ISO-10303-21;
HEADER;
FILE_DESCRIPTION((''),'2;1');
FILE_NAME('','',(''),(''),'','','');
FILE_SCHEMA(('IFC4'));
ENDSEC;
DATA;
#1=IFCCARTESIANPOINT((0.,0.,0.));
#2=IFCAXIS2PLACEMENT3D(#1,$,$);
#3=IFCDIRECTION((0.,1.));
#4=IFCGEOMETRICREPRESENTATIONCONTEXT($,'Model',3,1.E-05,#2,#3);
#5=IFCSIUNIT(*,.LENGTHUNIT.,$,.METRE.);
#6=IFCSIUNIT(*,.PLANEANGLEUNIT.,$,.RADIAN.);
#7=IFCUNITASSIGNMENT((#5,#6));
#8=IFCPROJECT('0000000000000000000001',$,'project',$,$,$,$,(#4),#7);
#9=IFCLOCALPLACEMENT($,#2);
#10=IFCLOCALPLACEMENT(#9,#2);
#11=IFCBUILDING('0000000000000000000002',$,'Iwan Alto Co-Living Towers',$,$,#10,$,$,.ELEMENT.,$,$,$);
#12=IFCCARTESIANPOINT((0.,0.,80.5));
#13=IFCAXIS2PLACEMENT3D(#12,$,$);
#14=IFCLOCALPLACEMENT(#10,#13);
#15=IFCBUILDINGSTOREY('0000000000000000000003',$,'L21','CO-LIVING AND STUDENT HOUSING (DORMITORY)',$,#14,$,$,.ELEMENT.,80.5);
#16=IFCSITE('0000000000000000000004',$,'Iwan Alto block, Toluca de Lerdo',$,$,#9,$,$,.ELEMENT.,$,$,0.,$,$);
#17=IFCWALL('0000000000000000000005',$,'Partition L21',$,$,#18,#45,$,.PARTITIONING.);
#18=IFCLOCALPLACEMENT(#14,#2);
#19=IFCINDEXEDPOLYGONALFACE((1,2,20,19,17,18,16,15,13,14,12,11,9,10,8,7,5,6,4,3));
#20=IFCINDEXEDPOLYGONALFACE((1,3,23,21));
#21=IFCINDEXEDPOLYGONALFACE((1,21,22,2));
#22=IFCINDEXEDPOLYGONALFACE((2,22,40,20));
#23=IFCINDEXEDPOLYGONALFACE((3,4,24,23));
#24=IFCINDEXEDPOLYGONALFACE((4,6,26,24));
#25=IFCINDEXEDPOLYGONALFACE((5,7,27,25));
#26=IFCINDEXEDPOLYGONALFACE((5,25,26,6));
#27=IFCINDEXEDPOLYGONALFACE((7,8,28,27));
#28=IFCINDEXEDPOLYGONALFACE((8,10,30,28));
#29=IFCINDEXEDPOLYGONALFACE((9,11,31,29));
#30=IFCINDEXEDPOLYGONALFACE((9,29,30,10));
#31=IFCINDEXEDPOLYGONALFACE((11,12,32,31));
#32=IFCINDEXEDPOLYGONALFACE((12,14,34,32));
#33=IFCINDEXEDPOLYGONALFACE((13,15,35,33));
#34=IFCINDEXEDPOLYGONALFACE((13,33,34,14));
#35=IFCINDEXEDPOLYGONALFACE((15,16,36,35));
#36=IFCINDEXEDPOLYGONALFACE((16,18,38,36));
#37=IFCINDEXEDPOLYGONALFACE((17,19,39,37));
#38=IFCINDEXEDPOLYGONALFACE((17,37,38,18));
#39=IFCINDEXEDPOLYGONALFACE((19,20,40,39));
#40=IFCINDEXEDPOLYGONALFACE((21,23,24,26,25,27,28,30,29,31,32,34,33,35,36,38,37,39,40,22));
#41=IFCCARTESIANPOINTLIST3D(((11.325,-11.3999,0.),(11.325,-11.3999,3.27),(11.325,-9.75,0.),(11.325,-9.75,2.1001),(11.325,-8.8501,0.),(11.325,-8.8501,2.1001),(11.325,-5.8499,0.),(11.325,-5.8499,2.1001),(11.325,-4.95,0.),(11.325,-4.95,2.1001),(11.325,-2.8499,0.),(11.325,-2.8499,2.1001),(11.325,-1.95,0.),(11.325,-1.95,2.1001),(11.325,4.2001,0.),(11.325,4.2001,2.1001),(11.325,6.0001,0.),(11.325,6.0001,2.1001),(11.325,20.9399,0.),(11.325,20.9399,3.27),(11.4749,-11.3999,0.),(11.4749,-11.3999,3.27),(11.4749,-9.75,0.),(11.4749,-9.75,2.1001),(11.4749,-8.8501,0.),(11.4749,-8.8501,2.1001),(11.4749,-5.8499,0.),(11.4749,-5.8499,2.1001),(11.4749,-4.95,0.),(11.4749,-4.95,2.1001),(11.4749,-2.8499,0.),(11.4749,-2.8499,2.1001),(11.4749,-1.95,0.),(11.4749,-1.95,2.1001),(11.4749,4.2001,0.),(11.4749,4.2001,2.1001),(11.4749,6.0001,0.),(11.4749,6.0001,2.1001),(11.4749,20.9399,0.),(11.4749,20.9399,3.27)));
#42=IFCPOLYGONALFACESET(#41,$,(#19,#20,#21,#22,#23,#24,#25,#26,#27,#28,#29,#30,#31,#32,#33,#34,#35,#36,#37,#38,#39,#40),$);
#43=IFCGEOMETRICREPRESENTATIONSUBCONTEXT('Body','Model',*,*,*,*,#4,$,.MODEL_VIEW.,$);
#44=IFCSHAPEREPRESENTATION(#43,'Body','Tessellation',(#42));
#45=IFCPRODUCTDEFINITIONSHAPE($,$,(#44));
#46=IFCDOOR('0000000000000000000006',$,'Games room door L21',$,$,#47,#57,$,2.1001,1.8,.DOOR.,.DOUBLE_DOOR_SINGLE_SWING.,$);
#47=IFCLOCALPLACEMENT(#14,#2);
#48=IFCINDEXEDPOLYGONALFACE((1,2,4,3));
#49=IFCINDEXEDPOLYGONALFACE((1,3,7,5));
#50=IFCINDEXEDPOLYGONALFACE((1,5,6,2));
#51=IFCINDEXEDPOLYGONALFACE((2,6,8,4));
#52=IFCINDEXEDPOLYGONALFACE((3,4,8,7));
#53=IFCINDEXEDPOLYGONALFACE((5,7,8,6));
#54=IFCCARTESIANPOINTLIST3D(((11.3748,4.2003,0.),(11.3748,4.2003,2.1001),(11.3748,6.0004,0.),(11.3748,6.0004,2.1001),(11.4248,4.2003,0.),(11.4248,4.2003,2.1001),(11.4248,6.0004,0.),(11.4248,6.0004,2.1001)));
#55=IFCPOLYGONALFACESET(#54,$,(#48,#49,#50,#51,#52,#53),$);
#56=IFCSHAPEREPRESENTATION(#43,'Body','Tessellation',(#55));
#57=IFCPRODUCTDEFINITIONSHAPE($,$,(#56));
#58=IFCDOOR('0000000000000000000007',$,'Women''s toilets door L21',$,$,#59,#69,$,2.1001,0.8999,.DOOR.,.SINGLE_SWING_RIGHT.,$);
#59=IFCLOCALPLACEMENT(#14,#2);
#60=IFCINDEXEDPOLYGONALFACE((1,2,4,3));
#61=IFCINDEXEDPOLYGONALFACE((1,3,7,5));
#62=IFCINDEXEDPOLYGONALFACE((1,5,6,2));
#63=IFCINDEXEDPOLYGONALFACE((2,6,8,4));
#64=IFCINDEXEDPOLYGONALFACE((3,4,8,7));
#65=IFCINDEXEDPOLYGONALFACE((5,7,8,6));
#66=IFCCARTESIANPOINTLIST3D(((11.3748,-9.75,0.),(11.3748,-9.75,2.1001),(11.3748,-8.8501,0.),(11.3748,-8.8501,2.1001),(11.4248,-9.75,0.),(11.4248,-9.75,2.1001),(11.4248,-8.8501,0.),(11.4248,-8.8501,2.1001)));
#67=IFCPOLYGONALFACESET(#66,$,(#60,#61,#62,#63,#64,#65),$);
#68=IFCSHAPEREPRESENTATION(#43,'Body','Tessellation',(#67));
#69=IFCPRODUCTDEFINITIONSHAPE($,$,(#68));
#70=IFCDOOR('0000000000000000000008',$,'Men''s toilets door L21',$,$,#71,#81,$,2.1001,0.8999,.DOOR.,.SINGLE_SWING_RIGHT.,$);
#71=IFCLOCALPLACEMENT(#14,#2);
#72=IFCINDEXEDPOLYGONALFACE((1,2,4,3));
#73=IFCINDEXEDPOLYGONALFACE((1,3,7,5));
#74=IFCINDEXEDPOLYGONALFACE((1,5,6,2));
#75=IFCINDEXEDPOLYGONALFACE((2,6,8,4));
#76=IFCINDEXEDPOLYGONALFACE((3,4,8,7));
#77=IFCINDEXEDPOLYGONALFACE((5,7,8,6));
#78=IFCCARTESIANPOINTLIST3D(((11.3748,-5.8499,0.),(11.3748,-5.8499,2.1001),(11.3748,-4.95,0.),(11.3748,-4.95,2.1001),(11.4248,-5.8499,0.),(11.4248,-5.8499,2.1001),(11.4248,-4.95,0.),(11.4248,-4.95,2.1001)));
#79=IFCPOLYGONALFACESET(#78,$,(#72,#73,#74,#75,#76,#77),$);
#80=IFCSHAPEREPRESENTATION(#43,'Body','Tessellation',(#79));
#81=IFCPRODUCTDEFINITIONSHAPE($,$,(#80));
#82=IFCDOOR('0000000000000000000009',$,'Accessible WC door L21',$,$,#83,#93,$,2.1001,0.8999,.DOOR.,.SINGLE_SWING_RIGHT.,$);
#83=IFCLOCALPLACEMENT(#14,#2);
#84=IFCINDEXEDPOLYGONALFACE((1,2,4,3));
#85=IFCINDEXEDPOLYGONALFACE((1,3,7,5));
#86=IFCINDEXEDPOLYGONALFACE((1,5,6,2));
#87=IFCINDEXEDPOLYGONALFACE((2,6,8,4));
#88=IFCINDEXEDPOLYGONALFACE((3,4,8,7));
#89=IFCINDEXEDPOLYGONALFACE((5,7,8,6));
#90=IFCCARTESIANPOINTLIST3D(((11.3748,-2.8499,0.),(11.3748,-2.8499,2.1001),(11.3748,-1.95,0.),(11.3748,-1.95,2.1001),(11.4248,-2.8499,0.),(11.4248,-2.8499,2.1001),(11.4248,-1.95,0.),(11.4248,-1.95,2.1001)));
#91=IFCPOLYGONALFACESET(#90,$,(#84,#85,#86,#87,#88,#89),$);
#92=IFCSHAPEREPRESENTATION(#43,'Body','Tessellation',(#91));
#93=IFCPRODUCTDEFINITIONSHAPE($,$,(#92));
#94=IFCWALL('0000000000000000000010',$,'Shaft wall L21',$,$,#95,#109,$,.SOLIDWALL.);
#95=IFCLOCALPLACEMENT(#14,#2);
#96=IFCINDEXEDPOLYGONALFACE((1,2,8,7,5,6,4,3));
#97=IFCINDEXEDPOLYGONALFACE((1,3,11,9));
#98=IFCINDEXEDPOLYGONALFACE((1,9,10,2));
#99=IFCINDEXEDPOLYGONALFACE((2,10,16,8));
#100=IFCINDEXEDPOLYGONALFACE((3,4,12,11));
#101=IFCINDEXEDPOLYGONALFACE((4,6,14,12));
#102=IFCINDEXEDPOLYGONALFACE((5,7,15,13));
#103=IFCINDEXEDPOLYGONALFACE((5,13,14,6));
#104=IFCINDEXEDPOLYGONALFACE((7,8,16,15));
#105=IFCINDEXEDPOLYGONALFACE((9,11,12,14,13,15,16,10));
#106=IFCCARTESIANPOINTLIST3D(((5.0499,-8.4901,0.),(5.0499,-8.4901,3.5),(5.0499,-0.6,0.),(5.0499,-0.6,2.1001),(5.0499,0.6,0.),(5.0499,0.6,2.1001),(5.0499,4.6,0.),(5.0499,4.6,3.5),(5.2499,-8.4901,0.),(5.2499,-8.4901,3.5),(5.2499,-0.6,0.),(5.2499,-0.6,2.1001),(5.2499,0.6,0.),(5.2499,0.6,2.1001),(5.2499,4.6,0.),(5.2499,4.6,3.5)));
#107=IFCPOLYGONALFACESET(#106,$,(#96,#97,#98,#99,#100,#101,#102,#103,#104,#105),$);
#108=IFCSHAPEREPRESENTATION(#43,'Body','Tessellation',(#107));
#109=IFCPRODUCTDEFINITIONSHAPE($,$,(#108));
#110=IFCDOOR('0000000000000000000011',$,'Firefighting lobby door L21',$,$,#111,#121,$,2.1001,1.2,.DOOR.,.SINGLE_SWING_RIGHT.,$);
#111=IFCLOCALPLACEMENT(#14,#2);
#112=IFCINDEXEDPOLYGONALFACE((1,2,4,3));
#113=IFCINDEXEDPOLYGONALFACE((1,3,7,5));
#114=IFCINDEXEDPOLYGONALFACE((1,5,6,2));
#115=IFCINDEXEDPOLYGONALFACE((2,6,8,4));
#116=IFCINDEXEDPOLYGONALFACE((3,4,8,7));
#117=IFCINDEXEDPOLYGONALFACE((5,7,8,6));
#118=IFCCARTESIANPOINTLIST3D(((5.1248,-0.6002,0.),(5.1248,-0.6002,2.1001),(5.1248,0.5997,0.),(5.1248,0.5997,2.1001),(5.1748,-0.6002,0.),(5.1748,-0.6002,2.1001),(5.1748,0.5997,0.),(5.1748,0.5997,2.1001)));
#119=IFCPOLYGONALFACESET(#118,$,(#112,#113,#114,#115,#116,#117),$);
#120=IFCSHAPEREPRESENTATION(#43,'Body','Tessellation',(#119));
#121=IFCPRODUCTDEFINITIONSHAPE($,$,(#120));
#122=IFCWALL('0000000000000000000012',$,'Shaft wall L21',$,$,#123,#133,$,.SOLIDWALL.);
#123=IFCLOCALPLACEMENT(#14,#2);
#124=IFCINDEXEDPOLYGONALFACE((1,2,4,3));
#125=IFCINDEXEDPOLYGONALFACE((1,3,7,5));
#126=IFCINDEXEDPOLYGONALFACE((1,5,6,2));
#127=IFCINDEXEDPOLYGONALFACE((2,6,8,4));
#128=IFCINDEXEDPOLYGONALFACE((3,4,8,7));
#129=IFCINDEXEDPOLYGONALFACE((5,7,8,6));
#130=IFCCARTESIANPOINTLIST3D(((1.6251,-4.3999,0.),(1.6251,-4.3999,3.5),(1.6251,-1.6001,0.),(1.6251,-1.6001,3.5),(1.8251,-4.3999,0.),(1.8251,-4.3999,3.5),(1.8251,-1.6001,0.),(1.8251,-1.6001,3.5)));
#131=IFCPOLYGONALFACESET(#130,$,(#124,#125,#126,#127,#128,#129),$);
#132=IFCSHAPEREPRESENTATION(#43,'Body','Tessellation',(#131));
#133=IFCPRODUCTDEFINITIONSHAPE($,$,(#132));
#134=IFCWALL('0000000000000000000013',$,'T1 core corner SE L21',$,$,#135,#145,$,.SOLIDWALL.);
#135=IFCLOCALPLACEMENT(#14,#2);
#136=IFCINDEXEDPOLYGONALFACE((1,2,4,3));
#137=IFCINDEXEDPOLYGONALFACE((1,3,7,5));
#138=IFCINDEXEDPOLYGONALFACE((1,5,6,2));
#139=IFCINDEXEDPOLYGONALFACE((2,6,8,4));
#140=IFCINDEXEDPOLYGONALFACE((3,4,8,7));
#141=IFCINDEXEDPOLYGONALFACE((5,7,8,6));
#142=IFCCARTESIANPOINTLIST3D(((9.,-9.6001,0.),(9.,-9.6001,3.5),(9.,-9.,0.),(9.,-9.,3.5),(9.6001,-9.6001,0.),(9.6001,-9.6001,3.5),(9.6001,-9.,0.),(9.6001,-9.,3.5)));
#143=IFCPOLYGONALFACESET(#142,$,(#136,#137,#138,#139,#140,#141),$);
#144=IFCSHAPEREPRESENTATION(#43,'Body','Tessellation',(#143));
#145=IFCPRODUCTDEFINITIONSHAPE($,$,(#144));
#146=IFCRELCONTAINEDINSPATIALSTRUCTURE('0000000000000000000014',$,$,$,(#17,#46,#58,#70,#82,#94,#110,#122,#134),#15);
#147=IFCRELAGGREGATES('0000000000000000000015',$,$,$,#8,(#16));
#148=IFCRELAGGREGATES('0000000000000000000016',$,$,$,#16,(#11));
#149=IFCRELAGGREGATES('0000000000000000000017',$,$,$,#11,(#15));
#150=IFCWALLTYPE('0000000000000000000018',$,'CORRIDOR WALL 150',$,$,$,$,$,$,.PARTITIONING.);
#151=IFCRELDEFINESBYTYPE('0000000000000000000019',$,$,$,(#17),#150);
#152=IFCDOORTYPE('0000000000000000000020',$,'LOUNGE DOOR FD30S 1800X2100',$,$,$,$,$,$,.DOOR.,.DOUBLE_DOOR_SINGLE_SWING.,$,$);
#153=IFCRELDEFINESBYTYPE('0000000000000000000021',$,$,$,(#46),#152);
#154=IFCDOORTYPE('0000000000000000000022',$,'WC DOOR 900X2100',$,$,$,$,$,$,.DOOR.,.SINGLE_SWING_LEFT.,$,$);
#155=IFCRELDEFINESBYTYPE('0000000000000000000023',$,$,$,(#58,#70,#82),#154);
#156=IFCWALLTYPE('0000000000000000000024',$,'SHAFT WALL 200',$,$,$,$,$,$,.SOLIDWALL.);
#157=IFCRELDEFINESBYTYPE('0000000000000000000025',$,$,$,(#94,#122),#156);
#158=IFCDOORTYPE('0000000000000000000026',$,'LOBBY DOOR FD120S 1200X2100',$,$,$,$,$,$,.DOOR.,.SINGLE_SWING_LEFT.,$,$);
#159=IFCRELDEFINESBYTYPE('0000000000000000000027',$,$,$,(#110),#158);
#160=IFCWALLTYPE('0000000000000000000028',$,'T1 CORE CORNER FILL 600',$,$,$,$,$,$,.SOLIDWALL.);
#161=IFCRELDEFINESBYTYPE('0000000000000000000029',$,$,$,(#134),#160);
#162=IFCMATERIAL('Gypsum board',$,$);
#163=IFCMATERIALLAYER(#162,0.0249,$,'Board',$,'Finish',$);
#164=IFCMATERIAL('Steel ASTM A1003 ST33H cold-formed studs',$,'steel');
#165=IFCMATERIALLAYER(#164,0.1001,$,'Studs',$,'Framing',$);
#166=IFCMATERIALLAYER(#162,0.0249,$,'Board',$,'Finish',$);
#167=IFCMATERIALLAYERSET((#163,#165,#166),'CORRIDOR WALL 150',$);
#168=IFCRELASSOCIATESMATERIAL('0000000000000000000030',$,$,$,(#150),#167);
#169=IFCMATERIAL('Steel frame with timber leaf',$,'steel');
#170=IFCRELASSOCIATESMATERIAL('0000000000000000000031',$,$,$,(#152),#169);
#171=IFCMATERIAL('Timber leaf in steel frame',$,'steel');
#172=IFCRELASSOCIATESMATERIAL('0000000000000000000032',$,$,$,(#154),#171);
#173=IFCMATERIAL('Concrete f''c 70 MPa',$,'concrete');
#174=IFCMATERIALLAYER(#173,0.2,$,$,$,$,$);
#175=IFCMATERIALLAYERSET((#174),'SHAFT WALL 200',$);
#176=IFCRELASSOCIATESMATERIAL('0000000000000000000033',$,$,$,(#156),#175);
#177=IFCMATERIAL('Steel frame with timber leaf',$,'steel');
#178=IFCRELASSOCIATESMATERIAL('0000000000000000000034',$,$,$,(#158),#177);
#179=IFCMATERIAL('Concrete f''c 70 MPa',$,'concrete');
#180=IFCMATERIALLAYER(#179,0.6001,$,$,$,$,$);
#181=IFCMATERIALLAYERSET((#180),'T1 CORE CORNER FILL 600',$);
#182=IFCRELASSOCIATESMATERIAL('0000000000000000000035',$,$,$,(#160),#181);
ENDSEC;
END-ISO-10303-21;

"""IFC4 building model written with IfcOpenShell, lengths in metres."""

from ifc_helpers import new_model, si_unit, direction, frame, frame_2d, origin, place, context, subcontext, project, spatial, rectangle, extrude, material, layer, layer_set, type_object, element, fill, save


model = new_model("IFC4")

# Units and contexts
model_context = context("Model", 3, precision=1e-05, world=origin(), true_north=direction((0.0, 1.0)))
body_context = subcontext(model_context, "Body", "Model", "MODEL_VIEW")
ifc_project = project(units=[si_unit("LENGTHUNIT", "METRE"), si_unit("PLANEANGLEUNIT", "RADIAN")], contexts=[model_context])

# Site, building, storey
site_placement = place(None, origin())
site = spatial("IfcSite", under=ifc_project, at=site_placement, Name="Iwan Alto block, Toluca de Lerdo", CompositionType="ELEMENT", RefElevation=0.0)
building_placement = place(site_placement, origin())
building = spatial("IfcBuilding", under=site, at=building_placement, Name="Iwan Alto Co-Living Towers", CompositionType="ELEMENT")
storey_placement = place(building_placement, frame((0.0, 0.0, 80.5)))
storey = spatial("IfcBuildingStorey", under=building, at=storey_placement, Name="L21", Description="CO-LIVING AND STUDENT HOUSING (DORMITORY)", CompositionType="ELEMENT", Elevation=80.5)

# Wall, openings, doors
ifc_material_1 = material(Name="Gypsum board")
ifc_layer_1 = layer(ifc_material_1, 0.0249, Name="Board", Category="Finish")
ifc_material_2 = material(Name="Steel ASTM A1003 ST33H cold-formed studs", Category="steel")
ifc_layer_2 = layer(ifc_material_2, 0.1001, Name="Studs", Category="Framing")
ifc_layer_3 = layer(ifc_material_1, 0.0249, Name="Board", Category="Finish")
ifc_layer_set_1 = layer_set([ifc_layer_1, ifc_layer_2, ifc_layer_3], Name="CORRIDOR WALL 150")
wall_type_1 = type_object("IfcWallType", Name="CORRIDOR WALL 150", PredefinedType="PARTITIONING", material=ifc_layer_set_1)
wall_1_placement = place(storey_placement, frame((11.3999, -11.3999, 0.0), z_axis=(0.0, 0.0, 1.0), x_axis=(0.0, 1.0, 0.0)))
wall_1 = element("IfcWall", 1, at=wall_1_placement, inside=storey, type_object=wall_type_1, Name="Partition L21", PredefinedType="PARTITIONING", context=body_context, shape_type="SweptSolid", body=[
    extrude(rectangle(XDim=32.3398, YDim=0.1499, at=frame_2d((16.1699, 0.0))), origin(), (0.0, 0.0, 1.0), 3.27),
])
opening_1_placement = place(wall_1_placement, frame((1.6499, 0.0, 0.0)))
opening_1 = element("IfcOpeningElement", 2, at=opening_1_placement, cuts=wall_1, PredefinedType="OPENING", context=body_context, shape_type="SweptSolid", body=[
    extrude(rectangle(XDim=0.8999, YDim=2.1001, at=frame_2d((0.45, 1.05))), frame((0.0, 0.085, 0.0), z_axis=(0.0, -1.0, 0.0), x_axis=(1.0, 0.0, 0.0)), (0.0, 0.0, 1.0), 0.1699),
])
opening_2_placement = place(wall_1_placement, frame((5.55, 0.0, 0.0)))
opening_2 = element("IfcOpeningElement", 3, at=opening_2_placement, cuts=wall_1, PredefinedType="OPENING", context=body_context, shape_type="SweptSolid", body=[
    extrude(rectangle(XDim=0.8999, YDim=2.1001, at=frame_2d((0.45, 1.05))), frame((0.0, 0.085, 0.0), z_axis=(0.0, -1.0, 0.0), x_axis=(1.0, 0.0, 0.0)), (0.0, 0.0, 1.0), 0.1699),
])
opening_3_placement = place(wall_1_placement, frame((8.55, 0.0, 0.0)))
opening_3 = element("IfcOpeningElement", 4, at=opening_3_placement, cuts=wall_1, PredefinedType="OPENING", context=body_context, shape_type="SweptSolid", body=[
    extrude(rectangle(XDim=0.8999, YDim=2.1001, at=frame_2d((0.45, 1.05))), frame((0.0, 0.085, 0.0), z_axis=(0.0, -1.0, 0.0), x_axis=(1.0, 0.0, 0.0)), (0.0, 0.0, 1.0), 0.1699),
])
opening_4_placement = place(wall_1_placement, frame((15.6001, 0.0, 0.0)))
opening_4 = element("IfcOpeningElement", 5, at=opening_4_placement, cuts=wall_1, PredefinedType="OPENING", context=body_context, shape_type="SweptSolid", body=[
    extrude(rectangle(XDim=1.8, YDim=2.1001, at=frame_2d((0.8999, 1.05))), frame((0.0, 0.085, 0.0), z_axis=(0.0, -1.0, 0.0), x_axis=(1.0, 0.0, 0.0)), (0.0, 0.0, 1.0), 0.1699),
])
ifc_material_3 = material(Name="Steel frame with timber leaf", Category="steel")
door_type_1 = type_object("IfcDoorType", Name="LOUNGE DOOR FD30S 1800X2100", OperationType="DOUBLE_DOOR_SINGLE_SWING", PredefinedType="DOOR", material=ifc_material_3)
door_1_placement = place(opening_4_placement, frame((1.8, 0.0, 0.0), z_axis=(0.0, 0.0, 1.0), x_axis=(-1.0, 0.0, 0.0)))
door_1 = element("IfcDoor", 6, at=door_1_placement, inside=storey, type_object=door_type_1, Name="Games room door L21", OperationType="DOUBLE_DOOR_SINGLE_SWING", OverallHeight=2.1001, OverallWidth=1.8, PredefinedType="DOOR", context=body_context, shape_type="SweptSolid", body=[
    extrude(rectangle(XDim=1.8, YDim=2.1001, at=frame_2d((0.8999, 1.05))), frame((0.0, 0.0249, 0.0), z_axis=(0.0, -1.0, 0.0), x_axis=(1.0, 0.0, 0.0)), (0.0, 0.0, 1.0), 0.05),
])
fill(opening_4, door_1)
ifc_material_4 = material(Name="Timber leaf in steel frame", Category="steel")
door_type_2 = type_object("IfcDoorType", Name="WC DOOR 900X2100", OperationType="SINGLE_SWING_LEFT", PredefinedType="DOOR", material=ifc_material_4)
door_2_placement = place(opening_1_placement, frame((0.8999, 0.0, 0.0), z_axis=(0.0, 0.0, 1.0), x_axis=(-1.0, 0.0, 0.0)))
door_2 = element("IfcDoor", 7, at=door_2_placement, inside=storey, type_object=door_type_2, Name="Women's toilets door L21", OperationType="SINGLE_SWING_RIGHT", OverallHeight=2.1001, OverallWidth=0.8999, PredefinedType="DOOR", context=body_context, shape_type="SweptSolid", body=[
    extrude(rectangle(XDim=0.8999, YDim=2.1001, at=frame_2d((0.45, 1.05))), frame((0.0, 0.0249, 0.0), z_axis=(0.0, -1.0, 0.0), x_axis=(1.0, 0.0, 0.0)), (0.0, 0.0, 1.0), 0.05),
])
fill(opening_1, door_2)
door_3_placement = place(opening_2_placement, frame((0.8999, 0.0, 0.0), z_axis=(0.0, 0.0, 1.0), x_axis=(-1.0, 0.0, 0.0)))
door_3 = element("IfcDoor", 8, at=door_3_placement, inside=storey, type_object=door_type_2, Name="Men's toilets door L21", OperationType="SINGLE_SWING_RIGHT", OverallHeight=2.1001, OverallWidth=0.8999, PredefinedType="DOOR", context=body_context, shape_type="SweptSolid", body=[
    extrude(rectangle(XDim=0.8999, YDim=2.1001, at=frame_2d((0.45, 1.05))), frame((0.0, 0.0249, 0.0), z_axis=(0.0, -1.0, 0.0), x_axis=(1.0, 0.0, 0.0)), (0.0, 0.0, 1.0), 0.05),
])
fill(opening_2, door_3)
door_4_placement = place(opening_3_placement, frame((0.8999, 0.0, 0.0), z_axis=(0.0, 0.0, 1.0), x_axis=(-1.0, 0.0, 0.0)))
door_4 = element("IfcDoor", 9, at=door_4_placement, inside=storey, type_object=door_type_2, Name="Accessible WC door L21", OperationType="SINGLE_SWING_RIGHT", OverallHeight=2.1001, OverallWidth=0.8999, PredefinedType="DOOR", context=body_context, shape_type="SweptSolid", body=[
    extrude(rectangle(XDim=0.8999, YDim=2.1001, at=frame_2d((0.45, 1.05))), frame((0.0, 0.0249, 0.0), z_axis=(0.0, -1.0, 0.0), x_axis=(1.0, 0.0, 0.0)), (0.0, 0.0, 1.0), 0.05),
])
fill(opening_3, door_4)

# Wall, opening, door
ifc_material_5 = material(Name="Concrete f'c 70 MPa", Category="concrete")
ifc_layer_4 = layer(ifc_material_5, 0.2)
ifc_layer_set_2 = layer_set([ifc_layer_4], Name="SHAFT WALL 200")
wall_type_2 = type_object("IfcWallType", Name="SHAFT WALL 200", PredefinedType="SOLIDWALL", material=ifc_layer_set_2)
wall_2_placement = place(storey_placement, frame((5.1499, -8.49, 0.0), z_axis=(0.0, 0.0, 1.0), x_axis=(0.0, 1.0, 0.0)))
wall_2 = element("IfcWall", 10, at=wall_2_placement, inside=storey, type_object=wall_type_2, Name="Shaft wall L21", PredefinedType="SOLIDWALL", context=body_context, shape_type="SweptSolid", body=[
    extrude(rectangle(XDim=13.0901, YDim=0.2, at=frame_2d((6.5449, 0.0))), origin(), (0.0, 0.0, 1.0), 3.5),
])
opening_5_placement = place(wall_2_placement, frame((7.8899, 0.0, 0.0)))
opening_5 = element("IfcOpeningElement", 11, at=opening_5_placement, cuts=wall_2, PredefinedType="OPENING", context=body_context, shape_type="SweptSolid", body=[
    extrude(rectangle(XDim=1.2, YDim=2.1001, at=frame_2d((0.6001, 1.05))), frame((0.0, 0.1099, 0.0), z_axis=(0.0, -1.0, 0.0), x_axis=(1.0, 0.0, 0.0)), (0.0, 0.0, 1.0), 0.22),
])
ifc_material_6 = material(Name="Steel frame with timber leaf", Category="steel")
door_type_3 = type_object("IfcDoorType", Name="LOBBY DOOR FD120S 1200X2100", OperationType="SINGLE_SWING_LEFT", PredefinedType="DOOR", material=ifc_material_6)
door_5_placement = place(opening_5_placement, frame((1.2, 0.0, 0.0), z_axis=(0.0, 0.0, 1.0), x_axis=(-1.0, 0.0, 0.0)))
door_5 = element("IfcDoor", 12, at=door_5_placement, inside=storey, type_object=door_type_3, Name="Firefighting lobby door L21", OperationType="SINGLE_SWING_RIGHT", OverallHeight=2.1001, OverallWidth=1.2, PredefinedType="DOOR", context=body_context, shape_type="SweptSolid", body=[
    extrude(rectangle(XDim=1.2, YDim=2.1001, at=frame_2d((0.6001, 1.05))), frame((0.0, 0.0249, 0.0), z_axis=(0.0, -1.0, 0.0), x_axis=(1.0, 0.0, 0.0)), (0.0, 0.0, 1.0), 0.05),
])
fill(opening_5, door_5)

# Walls
wall_3_placement = place(storey_placement, frame((1.7251, -4.3999, 0.0), z_axis=(0.0, 0.0, 1.0), x_axis=(0.0, 1.0, 0.0)))
element("IfcWall", 13, at=wall_3_placement, inside=storey, type_object=wall_type_2, Name="Shaft wall L21", PredefinedType="SOLIDWALL", context=body_context, shape_type="SweptSolid", body=[
    extrude(rectangle(XDim=2.7998, YDim=0.2, at=frame_2d((1.3999, 0.0))), origin(), (0.0, 0.0, 1.0), 3.5),
])
ifc_material_7 = material(Name="Concrete f'c 70 MPa", Category="concrete")
ifc_layer_5 = layer(ifc_material_7, 0.6001)
ifc_layer_set_3 = layer_set([ifc_layer_5], Name="T1 CORE CORNER FILL 600")
wall_type_3 = type_object("IfcWallType", Name="T1 CORE CORNER FILL 600", PredefinedType="SOLIDWALL", material=ifc_layer_set_3)
wall_4_placement = place(storey_placement, frame((9.0, -9.3, 0.0), z_axis=(0.0, 0.0, 1.0), x_axis=(1.0, 0.0, 0.0)))
element("IfcWall", 14, at=wall_4_placement, inside=storey, type_object=wall_type_3, Name="T1 core corner SE L21", PredefinedType="SOLIDWALL", context=body_context, shape_type="SweptSolid", body=[
    extrude(rectangle(XDim=0.6001, YDim=0.6001, at=frame_2d((0.3, 0.0))), origin(), (0.0, 0.0, 1.0), 3.5),
])

save(model, "model.ifc")
